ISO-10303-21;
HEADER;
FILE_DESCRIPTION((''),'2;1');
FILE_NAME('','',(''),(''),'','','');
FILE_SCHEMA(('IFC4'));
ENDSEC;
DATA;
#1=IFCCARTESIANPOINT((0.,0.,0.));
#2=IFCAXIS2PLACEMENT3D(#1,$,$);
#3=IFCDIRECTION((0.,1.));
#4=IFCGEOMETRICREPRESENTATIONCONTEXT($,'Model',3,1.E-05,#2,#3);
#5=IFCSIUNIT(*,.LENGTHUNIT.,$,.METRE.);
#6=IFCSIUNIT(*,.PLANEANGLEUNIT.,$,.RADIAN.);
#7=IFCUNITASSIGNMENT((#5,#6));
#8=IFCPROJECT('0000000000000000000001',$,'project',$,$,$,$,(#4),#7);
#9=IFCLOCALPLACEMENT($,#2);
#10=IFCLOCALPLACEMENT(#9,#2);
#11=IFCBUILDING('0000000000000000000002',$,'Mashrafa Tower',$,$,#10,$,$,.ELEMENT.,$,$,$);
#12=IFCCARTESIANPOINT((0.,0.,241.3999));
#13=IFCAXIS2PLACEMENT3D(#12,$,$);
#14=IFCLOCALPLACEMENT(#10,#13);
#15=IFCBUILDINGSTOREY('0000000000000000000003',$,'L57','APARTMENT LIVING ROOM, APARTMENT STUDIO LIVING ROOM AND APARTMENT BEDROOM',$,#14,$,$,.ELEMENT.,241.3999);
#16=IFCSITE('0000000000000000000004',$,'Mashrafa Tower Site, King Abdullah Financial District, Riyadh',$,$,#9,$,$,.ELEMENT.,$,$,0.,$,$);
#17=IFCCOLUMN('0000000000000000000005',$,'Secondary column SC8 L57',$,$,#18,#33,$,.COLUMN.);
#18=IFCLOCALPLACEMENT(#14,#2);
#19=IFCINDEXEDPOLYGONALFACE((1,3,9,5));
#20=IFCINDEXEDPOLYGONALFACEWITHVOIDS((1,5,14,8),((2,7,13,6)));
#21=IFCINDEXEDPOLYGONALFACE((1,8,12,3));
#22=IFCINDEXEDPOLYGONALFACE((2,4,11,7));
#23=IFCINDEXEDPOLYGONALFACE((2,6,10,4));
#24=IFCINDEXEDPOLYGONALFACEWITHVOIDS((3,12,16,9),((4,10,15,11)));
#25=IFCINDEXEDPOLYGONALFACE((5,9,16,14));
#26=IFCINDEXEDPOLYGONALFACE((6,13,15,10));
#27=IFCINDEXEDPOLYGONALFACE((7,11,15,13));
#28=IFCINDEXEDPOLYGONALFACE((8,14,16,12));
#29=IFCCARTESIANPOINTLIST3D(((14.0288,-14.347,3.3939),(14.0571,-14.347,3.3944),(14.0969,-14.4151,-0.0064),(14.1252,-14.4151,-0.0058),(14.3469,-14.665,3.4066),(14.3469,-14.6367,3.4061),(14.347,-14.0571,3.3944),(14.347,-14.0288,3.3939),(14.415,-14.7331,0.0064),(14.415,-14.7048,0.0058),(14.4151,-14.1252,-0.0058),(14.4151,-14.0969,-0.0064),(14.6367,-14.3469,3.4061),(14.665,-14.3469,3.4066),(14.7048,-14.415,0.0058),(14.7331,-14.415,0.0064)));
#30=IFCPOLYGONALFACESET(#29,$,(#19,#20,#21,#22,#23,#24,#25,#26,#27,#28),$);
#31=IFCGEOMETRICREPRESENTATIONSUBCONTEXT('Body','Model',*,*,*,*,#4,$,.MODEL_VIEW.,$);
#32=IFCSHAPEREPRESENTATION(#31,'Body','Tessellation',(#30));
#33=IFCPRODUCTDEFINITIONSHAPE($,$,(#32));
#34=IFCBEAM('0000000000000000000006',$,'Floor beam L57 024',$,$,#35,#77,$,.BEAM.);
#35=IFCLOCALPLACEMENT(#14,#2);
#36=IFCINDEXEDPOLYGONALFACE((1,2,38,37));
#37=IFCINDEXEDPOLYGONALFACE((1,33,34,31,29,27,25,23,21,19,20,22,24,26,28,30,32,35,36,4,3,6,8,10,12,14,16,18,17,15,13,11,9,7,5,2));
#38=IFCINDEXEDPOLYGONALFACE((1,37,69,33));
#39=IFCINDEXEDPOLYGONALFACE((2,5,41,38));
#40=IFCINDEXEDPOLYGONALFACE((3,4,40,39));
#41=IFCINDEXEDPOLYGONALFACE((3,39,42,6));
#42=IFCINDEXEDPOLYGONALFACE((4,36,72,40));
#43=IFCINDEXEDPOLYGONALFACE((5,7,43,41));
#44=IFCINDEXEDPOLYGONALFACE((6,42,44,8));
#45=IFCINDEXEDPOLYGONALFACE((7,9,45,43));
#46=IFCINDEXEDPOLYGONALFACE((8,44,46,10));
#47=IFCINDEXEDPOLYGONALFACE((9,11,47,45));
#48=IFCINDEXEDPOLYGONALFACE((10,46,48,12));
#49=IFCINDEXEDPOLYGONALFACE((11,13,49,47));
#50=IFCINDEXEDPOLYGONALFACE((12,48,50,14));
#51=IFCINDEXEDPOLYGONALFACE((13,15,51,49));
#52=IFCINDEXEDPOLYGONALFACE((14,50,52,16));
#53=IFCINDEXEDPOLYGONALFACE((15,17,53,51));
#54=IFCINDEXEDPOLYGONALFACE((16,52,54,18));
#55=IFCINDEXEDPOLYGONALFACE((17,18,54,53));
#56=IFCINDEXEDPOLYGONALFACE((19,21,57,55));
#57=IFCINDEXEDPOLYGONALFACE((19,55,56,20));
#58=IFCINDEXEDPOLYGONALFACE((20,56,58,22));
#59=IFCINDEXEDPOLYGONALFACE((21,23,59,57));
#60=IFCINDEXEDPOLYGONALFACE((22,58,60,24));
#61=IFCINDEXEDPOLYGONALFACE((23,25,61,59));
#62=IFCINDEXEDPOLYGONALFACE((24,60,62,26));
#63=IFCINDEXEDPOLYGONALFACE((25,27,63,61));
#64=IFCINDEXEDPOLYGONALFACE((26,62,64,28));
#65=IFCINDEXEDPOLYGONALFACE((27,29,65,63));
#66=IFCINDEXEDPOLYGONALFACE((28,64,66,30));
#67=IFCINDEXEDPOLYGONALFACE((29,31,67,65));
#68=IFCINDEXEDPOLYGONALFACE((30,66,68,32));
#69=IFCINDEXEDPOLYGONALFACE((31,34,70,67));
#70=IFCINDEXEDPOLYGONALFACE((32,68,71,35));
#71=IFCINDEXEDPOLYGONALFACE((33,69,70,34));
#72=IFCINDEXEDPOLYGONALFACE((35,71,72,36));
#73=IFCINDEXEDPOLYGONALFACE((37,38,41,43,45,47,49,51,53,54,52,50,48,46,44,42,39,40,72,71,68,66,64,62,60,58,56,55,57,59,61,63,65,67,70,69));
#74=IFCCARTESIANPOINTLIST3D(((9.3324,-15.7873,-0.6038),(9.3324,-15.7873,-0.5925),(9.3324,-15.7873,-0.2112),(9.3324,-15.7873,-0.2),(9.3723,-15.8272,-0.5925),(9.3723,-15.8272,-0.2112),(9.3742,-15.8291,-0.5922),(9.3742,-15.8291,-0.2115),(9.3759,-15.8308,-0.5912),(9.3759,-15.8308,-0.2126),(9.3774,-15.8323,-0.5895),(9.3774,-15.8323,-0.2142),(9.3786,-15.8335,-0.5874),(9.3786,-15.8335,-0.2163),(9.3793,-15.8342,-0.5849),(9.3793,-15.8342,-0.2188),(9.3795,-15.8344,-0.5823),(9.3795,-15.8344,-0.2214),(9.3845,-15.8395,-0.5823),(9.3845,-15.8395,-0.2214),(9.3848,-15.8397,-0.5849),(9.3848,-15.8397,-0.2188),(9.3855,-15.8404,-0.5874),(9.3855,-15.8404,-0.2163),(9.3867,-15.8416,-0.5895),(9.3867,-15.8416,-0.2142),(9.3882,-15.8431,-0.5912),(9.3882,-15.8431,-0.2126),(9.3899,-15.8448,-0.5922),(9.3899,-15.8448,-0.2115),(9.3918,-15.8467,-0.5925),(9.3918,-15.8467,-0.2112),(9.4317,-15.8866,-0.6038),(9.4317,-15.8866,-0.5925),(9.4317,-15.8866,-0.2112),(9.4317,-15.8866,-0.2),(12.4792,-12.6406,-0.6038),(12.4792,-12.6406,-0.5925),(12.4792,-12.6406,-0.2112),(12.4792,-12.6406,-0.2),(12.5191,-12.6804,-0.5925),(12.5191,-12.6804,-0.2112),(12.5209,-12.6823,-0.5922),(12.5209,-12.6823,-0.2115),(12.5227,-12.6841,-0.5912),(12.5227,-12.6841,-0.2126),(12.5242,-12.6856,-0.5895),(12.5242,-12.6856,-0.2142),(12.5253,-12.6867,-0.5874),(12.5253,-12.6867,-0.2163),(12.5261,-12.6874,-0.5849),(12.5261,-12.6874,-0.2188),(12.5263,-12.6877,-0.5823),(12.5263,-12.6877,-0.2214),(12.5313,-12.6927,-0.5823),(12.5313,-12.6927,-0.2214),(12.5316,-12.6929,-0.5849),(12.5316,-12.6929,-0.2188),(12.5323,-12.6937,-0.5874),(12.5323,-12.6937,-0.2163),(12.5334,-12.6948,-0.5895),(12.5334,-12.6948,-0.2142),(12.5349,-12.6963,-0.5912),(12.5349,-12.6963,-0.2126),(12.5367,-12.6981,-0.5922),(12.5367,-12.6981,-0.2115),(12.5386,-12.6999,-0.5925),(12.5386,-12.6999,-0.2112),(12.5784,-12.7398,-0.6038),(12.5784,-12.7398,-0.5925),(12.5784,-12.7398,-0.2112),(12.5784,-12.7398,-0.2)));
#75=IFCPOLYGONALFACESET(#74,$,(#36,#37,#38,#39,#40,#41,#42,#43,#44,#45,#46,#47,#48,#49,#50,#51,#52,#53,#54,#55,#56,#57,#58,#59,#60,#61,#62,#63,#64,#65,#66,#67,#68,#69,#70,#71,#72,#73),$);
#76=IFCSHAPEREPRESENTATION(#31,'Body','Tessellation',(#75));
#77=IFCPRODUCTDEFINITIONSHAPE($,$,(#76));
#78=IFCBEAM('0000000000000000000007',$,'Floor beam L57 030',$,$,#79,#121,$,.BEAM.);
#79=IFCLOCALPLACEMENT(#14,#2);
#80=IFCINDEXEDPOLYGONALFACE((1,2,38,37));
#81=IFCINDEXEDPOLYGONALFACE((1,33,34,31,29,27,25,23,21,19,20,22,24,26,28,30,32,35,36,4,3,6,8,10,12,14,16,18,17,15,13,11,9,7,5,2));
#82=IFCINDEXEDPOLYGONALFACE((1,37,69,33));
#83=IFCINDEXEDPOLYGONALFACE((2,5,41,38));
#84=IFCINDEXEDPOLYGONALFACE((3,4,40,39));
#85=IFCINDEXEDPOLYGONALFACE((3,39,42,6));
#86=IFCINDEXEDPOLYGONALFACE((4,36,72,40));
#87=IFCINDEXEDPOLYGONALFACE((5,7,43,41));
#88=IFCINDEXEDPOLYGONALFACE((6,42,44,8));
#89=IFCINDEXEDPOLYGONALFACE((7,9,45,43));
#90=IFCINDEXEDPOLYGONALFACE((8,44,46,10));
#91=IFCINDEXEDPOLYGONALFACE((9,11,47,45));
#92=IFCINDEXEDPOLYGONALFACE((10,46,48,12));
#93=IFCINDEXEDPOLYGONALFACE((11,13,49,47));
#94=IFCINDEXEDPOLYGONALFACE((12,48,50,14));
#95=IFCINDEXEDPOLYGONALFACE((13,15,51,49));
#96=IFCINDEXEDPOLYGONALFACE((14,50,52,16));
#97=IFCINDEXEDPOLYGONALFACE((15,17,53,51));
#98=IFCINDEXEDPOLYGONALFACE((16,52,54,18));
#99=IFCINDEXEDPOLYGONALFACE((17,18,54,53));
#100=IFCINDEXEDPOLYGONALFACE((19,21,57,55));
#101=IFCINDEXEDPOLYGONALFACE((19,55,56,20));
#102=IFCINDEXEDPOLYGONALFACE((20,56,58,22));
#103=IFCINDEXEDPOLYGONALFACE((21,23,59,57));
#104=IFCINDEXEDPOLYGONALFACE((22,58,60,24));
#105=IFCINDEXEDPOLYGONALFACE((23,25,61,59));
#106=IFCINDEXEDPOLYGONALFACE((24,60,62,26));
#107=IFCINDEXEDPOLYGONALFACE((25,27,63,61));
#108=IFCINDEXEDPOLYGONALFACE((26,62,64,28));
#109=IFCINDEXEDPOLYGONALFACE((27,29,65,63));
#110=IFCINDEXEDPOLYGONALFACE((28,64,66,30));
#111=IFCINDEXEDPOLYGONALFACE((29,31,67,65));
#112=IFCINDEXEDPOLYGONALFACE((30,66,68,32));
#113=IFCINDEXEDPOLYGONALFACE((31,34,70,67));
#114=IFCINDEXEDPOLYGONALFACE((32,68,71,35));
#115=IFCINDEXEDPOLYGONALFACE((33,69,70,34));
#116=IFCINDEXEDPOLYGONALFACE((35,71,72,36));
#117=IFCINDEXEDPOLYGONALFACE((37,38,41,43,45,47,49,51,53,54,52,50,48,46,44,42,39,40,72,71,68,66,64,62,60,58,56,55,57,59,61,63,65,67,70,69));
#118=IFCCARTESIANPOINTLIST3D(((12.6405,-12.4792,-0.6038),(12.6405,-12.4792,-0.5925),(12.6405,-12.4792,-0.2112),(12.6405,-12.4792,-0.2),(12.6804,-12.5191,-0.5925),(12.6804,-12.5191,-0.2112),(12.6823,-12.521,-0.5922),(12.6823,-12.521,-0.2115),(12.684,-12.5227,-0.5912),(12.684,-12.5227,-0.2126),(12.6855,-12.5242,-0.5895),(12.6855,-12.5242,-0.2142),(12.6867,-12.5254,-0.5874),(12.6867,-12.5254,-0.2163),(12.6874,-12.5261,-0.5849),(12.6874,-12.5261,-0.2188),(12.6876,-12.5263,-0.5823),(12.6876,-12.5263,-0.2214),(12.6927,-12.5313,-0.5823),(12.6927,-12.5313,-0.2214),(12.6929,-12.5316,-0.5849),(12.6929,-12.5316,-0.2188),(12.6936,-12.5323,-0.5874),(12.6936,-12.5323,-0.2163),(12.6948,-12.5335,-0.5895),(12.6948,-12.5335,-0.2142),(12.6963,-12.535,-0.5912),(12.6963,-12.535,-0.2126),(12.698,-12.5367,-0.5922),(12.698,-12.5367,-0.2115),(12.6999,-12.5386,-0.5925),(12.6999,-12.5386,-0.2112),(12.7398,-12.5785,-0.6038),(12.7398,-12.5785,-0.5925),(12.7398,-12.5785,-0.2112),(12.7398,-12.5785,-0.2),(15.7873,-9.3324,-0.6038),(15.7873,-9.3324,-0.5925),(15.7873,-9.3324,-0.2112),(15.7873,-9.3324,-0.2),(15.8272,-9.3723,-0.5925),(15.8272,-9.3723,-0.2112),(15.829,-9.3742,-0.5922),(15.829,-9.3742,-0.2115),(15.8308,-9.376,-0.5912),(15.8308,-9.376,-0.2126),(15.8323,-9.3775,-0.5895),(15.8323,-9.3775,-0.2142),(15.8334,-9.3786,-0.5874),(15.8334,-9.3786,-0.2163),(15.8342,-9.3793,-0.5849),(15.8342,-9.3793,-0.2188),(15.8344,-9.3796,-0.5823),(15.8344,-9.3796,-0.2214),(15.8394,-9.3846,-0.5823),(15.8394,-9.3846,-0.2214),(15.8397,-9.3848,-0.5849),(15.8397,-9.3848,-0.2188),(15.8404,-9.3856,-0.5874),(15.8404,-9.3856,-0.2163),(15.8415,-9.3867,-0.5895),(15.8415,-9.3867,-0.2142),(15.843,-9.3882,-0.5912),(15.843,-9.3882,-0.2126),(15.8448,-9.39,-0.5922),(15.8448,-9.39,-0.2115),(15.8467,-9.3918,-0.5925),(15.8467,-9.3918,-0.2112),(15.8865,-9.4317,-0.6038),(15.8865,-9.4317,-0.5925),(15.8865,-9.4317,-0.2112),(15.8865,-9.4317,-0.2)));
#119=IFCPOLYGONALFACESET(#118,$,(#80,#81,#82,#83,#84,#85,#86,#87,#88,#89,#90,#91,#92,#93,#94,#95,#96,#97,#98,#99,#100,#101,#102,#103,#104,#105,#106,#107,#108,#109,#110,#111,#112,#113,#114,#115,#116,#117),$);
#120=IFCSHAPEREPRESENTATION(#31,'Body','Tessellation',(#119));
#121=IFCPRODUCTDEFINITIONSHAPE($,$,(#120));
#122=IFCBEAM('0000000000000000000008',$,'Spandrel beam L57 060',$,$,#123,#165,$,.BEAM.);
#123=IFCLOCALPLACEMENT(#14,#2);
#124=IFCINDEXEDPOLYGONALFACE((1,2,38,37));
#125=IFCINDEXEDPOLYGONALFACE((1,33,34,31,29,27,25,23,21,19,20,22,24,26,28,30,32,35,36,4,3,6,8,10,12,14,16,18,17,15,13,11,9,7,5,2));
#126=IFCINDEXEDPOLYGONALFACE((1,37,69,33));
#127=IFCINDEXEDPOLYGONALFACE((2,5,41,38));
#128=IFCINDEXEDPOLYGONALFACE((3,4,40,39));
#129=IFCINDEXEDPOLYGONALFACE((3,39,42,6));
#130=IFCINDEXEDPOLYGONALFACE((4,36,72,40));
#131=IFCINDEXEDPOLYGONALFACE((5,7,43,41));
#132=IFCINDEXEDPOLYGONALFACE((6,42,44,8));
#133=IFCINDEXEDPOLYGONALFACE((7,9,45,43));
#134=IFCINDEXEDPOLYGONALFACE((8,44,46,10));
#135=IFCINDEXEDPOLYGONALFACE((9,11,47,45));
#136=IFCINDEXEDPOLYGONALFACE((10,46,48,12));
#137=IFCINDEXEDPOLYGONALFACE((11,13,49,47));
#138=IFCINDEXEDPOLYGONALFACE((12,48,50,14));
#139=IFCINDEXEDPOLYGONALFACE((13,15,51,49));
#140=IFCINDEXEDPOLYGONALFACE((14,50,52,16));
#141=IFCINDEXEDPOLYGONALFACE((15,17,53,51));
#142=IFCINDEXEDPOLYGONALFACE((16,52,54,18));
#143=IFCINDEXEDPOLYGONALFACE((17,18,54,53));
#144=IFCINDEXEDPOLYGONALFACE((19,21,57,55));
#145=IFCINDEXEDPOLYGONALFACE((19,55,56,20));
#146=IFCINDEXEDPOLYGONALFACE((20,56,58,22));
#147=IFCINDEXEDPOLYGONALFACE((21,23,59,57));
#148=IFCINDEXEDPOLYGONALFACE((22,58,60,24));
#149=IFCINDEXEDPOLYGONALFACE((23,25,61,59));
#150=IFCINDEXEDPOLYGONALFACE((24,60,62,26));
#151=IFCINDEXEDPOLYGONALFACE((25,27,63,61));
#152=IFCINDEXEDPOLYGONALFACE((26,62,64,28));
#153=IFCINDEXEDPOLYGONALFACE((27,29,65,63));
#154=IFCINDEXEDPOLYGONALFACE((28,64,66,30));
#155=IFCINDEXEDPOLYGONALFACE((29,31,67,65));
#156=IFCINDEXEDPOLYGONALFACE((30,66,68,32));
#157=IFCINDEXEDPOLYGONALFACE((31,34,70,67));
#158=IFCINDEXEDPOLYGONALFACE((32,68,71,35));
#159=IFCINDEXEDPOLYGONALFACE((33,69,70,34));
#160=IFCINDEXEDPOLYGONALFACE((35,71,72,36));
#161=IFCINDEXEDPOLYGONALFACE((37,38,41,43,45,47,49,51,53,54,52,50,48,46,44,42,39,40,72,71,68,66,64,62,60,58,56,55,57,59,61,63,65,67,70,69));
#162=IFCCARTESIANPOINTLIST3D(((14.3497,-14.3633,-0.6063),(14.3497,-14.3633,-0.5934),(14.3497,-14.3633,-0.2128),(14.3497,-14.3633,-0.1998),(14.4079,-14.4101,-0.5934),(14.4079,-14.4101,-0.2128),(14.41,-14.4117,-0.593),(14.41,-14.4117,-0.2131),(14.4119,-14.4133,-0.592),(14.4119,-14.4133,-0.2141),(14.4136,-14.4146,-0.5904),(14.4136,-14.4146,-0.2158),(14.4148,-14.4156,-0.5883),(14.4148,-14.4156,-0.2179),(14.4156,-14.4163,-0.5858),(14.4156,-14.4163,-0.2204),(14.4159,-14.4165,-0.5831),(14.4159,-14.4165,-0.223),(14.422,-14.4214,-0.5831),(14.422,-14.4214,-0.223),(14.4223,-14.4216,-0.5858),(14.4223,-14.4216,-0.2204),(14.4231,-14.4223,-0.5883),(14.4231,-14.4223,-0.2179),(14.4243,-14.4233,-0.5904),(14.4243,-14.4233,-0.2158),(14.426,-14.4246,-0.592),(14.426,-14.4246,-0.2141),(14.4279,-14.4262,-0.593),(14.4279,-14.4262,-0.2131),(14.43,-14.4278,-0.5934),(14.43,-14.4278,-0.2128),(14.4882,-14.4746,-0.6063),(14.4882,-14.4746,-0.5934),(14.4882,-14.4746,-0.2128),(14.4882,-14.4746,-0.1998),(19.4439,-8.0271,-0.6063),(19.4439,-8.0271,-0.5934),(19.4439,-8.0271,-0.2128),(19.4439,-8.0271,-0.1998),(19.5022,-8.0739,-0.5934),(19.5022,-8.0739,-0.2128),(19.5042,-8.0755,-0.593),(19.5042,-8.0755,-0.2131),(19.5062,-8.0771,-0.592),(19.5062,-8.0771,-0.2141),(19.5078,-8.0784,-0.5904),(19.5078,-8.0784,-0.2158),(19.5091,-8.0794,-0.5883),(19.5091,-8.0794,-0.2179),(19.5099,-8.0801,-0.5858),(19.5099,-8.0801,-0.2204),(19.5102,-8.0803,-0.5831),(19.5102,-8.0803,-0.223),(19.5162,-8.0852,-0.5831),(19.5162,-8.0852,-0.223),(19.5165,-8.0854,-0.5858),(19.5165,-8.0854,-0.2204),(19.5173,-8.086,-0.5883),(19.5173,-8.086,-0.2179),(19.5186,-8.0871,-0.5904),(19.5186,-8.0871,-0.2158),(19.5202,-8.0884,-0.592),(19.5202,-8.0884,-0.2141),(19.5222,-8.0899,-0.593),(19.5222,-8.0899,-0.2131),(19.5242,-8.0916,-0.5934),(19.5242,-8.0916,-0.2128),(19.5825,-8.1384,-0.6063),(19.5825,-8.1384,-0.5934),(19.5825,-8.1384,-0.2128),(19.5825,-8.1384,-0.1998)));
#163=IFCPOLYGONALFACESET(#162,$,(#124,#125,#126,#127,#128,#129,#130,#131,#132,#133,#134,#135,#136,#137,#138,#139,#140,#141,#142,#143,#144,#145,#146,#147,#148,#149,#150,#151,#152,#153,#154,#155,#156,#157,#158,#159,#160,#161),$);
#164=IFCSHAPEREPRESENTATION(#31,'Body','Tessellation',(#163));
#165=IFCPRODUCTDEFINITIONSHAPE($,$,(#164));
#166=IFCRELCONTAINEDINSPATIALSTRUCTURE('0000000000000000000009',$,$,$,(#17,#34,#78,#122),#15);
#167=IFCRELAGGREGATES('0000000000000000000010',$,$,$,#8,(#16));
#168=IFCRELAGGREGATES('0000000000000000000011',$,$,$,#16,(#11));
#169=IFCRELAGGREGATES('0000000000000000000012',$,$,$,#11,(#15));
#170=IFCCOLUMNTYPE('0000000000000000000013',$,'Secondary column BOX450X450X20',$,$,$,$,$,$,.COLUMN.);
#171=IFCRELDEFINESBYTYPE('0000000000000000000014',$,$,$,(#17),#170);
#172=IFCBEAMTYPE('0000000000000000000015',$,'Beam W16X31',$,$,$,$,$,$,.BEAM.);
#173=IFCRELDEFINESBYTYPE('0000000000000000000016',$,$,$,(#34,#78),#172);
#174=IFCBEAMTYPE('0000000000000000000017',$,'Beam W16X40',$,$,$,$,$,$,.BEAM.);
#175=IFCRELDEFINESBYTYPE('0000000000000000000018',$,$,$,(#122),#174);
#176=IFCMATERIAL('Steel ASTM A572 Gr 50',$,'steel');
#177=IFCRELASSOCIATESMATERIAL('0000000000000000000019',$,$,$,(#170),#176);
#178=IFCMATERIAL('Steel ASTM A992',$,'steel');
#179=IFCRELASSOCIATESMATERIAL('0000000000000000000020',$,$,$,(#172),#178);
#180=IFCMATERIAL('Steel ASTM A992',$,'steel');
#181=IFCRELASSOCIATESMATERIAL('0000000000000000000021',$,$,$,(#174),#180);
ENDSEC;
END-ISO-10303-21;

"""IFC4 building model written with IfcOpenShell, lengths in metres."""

from ifc_helpers import new_model, si_unit, direction, frame, origin, origin_2d, place, context, subcontext, project, spatial, hollow_rectangle, i_section, extrude, material, material_profile, profile_set, type_object, element, save


model = new_model("IFC4")

# Units and contexts
model_context = context("Model", 3, precision=1e-05, world=origin(), true_north=direction((0.0, 1.0)))
body_context = subcontext(model_context, "Body", "Model", "MODEL_VIEW")
ifc_project = project(units=[si_unit("LENGTHUNIT", "METRE"), si_unit("PLANEANGLEUNIT", "RADIAN")], contexts=[model_context])

# Site, building, storey
site_placement = place(None, origin())
site = spatial("IfcSite", under=ifc_project, at=site_placement, Name="Mashrafa Tower Site, King Abdullah Financial District, Riyadh", CompositionType="ELEMENT", RefElevation=0.0)
building_placement = place(site_placement, origin())
building = spatial("IfcBuilding", under=site, at=building_placement, Name="Mashrafa Tower", CompositionType="ELEMENT")
storey_placement = place(building_placement, frame((0.0, 0.0, 241.3999)))
storey = spatial("IfcBuildingStorey", under=building, at=storey_placement, Name="L57", Description="APARTMENT LIVING ROOM, APARTMENT STUDIO LIVING ROOM AND APARTMENT BEDROOM", CompositionType="ELEMENT", Elevation=241.3999)

# Column
ifc_material_1 = material(Name="Steel ASTM A572 Gr 50", Category="steel")
ifc_material_profile_1 = material_profile(ifc_material_1, hollow_rectangle(XDim=0.45, YDim=0.45, WallThickness=0.02, at=origin_2d()), Name="BOX450X450X20")
ifc_profile_set_1 = profile_set([ifc_material_profile_1], Name="Steel ASTM A572 Gr 50")
column_type = type_object("IfcColumnType", Name="Secondary column BOX450X450X20", PredefinedType="COLUMN", material=ifc_profile_set_1)
column_placement = place(storey_placement, frame((14.415, -14.415, 0.0), z_axis=(-0.020025, 0.020025, 0.999599), x_axis=(-0.707107, -0.707107, 0.0)))
element("IfcColumn", 1, at=column_placement, inside=storey, type_object=column_type, Name="Secondary column SC8 L57", PredefinedType="COLUMN", context=body_context, shape_type="SweptSolid", body=[
    extrude(hollow_rectangle(XDim=0.45, YDim=0.45, WallThickness=0.02, at=origin_2d()), origin(), (0.0, 0.0, 1.0), 3.4016),
])

# Beams
ifc_material_2 = material(Name="Steel ASTM A992", Category="steel")
ifc_material_profile_2 = material_profile(ifc_material_2, i_section(OverallWidth=0.1404, OverallDepth=0.4038, WebThickness=0.0071, FlangeThickness=0.0112, FilletRadius=0.0103, at=origin_2d()), Name="W16X31")
ifc_profile_set_2 = profile_set([ifc_material_profile_2], Name="Steel ASTM A992")
beam_type_1 = type_object("IfcBeamType", Name="Beam W16X31", PredefinedType="BEAM", material=ifc_profile_set_2)
for number, where, z_axis, x_axis, name in (
    (2, (12.5288, -12.6902, -0.4019), (-0.707107, -0.707107, 0.0), (0.707107, -0.707107, 0.0), "Floor beam L57 024"),
    (3, (15.8369, -9.3821, -0.4019), (-0.707107, -0.707107, 0.0), (0.707107, -0.707107, 0.0), "Floor beam L57 030"),
):
    element("IfcBeam", number, at=place(storey_placement, frame(where, z_axis=z_axis, x_axis=x_axis)), inside=storey, type_object=beam_type_1, Name=name, PredefinedType="BEAM", context=body_context, shape_type="SweptSolid", body=[
        extrude(i_section(OverallWidth=0.1404, OverallDepth=0.4038, WebThickness=0.0071, FlangeThickness=0.0112, FilletRadius=0.0103, at=origin_2d()), origin(), (0.0, 0.0, 1.0), 4.4502),
    ])
ifc_material_3 = material(Name="Steel ASTM A992", Category="steel")
ifc_material_profile_3 = material_profile(ifc_material_3, i_section(OverallWidth=0.1777, OverallDepth=0.4065, WebThickness=0.0078, FlangeThickness=0.0129, FilletRadius=0.0103, at=origin_2d()), Name="W16X40")
ifc_profile_set_3 = profile_set([ifc_material_profile_3], Name="Steel ASTM A992")
beam_type_2 = type_object("IfcBeamType", Name="Beam W16X40", PredefinedType="BEAM", material=ifc_profile_set_3)
beam_1_placement = place(storey_placement, frame((14.4189, -14.4189, -0.4031), z_axis=(0.62659, 0.779349, 0.0), x_axis=(-0.779349, 0.62659, 0.0)))
element("IfcBeam", 4, at=beam_1_placement, inside=storey, type_object=beam_type_2, Name="Spandrel beam L57 060", PredefinedType="BEAM", context=body_context, shape_type="SweptSolid", body=[
    extrude(i_section(OverallWidth=0.1777, OverallDepth=0.4065, WebThickness=0.0078, FlangeThickness=0.0129, FilletRadius=0.0103, at=origin_2d()), origin(), (0.0, 0.0, 1.0), 8.1301),
])

save(model, "model.ifc")
